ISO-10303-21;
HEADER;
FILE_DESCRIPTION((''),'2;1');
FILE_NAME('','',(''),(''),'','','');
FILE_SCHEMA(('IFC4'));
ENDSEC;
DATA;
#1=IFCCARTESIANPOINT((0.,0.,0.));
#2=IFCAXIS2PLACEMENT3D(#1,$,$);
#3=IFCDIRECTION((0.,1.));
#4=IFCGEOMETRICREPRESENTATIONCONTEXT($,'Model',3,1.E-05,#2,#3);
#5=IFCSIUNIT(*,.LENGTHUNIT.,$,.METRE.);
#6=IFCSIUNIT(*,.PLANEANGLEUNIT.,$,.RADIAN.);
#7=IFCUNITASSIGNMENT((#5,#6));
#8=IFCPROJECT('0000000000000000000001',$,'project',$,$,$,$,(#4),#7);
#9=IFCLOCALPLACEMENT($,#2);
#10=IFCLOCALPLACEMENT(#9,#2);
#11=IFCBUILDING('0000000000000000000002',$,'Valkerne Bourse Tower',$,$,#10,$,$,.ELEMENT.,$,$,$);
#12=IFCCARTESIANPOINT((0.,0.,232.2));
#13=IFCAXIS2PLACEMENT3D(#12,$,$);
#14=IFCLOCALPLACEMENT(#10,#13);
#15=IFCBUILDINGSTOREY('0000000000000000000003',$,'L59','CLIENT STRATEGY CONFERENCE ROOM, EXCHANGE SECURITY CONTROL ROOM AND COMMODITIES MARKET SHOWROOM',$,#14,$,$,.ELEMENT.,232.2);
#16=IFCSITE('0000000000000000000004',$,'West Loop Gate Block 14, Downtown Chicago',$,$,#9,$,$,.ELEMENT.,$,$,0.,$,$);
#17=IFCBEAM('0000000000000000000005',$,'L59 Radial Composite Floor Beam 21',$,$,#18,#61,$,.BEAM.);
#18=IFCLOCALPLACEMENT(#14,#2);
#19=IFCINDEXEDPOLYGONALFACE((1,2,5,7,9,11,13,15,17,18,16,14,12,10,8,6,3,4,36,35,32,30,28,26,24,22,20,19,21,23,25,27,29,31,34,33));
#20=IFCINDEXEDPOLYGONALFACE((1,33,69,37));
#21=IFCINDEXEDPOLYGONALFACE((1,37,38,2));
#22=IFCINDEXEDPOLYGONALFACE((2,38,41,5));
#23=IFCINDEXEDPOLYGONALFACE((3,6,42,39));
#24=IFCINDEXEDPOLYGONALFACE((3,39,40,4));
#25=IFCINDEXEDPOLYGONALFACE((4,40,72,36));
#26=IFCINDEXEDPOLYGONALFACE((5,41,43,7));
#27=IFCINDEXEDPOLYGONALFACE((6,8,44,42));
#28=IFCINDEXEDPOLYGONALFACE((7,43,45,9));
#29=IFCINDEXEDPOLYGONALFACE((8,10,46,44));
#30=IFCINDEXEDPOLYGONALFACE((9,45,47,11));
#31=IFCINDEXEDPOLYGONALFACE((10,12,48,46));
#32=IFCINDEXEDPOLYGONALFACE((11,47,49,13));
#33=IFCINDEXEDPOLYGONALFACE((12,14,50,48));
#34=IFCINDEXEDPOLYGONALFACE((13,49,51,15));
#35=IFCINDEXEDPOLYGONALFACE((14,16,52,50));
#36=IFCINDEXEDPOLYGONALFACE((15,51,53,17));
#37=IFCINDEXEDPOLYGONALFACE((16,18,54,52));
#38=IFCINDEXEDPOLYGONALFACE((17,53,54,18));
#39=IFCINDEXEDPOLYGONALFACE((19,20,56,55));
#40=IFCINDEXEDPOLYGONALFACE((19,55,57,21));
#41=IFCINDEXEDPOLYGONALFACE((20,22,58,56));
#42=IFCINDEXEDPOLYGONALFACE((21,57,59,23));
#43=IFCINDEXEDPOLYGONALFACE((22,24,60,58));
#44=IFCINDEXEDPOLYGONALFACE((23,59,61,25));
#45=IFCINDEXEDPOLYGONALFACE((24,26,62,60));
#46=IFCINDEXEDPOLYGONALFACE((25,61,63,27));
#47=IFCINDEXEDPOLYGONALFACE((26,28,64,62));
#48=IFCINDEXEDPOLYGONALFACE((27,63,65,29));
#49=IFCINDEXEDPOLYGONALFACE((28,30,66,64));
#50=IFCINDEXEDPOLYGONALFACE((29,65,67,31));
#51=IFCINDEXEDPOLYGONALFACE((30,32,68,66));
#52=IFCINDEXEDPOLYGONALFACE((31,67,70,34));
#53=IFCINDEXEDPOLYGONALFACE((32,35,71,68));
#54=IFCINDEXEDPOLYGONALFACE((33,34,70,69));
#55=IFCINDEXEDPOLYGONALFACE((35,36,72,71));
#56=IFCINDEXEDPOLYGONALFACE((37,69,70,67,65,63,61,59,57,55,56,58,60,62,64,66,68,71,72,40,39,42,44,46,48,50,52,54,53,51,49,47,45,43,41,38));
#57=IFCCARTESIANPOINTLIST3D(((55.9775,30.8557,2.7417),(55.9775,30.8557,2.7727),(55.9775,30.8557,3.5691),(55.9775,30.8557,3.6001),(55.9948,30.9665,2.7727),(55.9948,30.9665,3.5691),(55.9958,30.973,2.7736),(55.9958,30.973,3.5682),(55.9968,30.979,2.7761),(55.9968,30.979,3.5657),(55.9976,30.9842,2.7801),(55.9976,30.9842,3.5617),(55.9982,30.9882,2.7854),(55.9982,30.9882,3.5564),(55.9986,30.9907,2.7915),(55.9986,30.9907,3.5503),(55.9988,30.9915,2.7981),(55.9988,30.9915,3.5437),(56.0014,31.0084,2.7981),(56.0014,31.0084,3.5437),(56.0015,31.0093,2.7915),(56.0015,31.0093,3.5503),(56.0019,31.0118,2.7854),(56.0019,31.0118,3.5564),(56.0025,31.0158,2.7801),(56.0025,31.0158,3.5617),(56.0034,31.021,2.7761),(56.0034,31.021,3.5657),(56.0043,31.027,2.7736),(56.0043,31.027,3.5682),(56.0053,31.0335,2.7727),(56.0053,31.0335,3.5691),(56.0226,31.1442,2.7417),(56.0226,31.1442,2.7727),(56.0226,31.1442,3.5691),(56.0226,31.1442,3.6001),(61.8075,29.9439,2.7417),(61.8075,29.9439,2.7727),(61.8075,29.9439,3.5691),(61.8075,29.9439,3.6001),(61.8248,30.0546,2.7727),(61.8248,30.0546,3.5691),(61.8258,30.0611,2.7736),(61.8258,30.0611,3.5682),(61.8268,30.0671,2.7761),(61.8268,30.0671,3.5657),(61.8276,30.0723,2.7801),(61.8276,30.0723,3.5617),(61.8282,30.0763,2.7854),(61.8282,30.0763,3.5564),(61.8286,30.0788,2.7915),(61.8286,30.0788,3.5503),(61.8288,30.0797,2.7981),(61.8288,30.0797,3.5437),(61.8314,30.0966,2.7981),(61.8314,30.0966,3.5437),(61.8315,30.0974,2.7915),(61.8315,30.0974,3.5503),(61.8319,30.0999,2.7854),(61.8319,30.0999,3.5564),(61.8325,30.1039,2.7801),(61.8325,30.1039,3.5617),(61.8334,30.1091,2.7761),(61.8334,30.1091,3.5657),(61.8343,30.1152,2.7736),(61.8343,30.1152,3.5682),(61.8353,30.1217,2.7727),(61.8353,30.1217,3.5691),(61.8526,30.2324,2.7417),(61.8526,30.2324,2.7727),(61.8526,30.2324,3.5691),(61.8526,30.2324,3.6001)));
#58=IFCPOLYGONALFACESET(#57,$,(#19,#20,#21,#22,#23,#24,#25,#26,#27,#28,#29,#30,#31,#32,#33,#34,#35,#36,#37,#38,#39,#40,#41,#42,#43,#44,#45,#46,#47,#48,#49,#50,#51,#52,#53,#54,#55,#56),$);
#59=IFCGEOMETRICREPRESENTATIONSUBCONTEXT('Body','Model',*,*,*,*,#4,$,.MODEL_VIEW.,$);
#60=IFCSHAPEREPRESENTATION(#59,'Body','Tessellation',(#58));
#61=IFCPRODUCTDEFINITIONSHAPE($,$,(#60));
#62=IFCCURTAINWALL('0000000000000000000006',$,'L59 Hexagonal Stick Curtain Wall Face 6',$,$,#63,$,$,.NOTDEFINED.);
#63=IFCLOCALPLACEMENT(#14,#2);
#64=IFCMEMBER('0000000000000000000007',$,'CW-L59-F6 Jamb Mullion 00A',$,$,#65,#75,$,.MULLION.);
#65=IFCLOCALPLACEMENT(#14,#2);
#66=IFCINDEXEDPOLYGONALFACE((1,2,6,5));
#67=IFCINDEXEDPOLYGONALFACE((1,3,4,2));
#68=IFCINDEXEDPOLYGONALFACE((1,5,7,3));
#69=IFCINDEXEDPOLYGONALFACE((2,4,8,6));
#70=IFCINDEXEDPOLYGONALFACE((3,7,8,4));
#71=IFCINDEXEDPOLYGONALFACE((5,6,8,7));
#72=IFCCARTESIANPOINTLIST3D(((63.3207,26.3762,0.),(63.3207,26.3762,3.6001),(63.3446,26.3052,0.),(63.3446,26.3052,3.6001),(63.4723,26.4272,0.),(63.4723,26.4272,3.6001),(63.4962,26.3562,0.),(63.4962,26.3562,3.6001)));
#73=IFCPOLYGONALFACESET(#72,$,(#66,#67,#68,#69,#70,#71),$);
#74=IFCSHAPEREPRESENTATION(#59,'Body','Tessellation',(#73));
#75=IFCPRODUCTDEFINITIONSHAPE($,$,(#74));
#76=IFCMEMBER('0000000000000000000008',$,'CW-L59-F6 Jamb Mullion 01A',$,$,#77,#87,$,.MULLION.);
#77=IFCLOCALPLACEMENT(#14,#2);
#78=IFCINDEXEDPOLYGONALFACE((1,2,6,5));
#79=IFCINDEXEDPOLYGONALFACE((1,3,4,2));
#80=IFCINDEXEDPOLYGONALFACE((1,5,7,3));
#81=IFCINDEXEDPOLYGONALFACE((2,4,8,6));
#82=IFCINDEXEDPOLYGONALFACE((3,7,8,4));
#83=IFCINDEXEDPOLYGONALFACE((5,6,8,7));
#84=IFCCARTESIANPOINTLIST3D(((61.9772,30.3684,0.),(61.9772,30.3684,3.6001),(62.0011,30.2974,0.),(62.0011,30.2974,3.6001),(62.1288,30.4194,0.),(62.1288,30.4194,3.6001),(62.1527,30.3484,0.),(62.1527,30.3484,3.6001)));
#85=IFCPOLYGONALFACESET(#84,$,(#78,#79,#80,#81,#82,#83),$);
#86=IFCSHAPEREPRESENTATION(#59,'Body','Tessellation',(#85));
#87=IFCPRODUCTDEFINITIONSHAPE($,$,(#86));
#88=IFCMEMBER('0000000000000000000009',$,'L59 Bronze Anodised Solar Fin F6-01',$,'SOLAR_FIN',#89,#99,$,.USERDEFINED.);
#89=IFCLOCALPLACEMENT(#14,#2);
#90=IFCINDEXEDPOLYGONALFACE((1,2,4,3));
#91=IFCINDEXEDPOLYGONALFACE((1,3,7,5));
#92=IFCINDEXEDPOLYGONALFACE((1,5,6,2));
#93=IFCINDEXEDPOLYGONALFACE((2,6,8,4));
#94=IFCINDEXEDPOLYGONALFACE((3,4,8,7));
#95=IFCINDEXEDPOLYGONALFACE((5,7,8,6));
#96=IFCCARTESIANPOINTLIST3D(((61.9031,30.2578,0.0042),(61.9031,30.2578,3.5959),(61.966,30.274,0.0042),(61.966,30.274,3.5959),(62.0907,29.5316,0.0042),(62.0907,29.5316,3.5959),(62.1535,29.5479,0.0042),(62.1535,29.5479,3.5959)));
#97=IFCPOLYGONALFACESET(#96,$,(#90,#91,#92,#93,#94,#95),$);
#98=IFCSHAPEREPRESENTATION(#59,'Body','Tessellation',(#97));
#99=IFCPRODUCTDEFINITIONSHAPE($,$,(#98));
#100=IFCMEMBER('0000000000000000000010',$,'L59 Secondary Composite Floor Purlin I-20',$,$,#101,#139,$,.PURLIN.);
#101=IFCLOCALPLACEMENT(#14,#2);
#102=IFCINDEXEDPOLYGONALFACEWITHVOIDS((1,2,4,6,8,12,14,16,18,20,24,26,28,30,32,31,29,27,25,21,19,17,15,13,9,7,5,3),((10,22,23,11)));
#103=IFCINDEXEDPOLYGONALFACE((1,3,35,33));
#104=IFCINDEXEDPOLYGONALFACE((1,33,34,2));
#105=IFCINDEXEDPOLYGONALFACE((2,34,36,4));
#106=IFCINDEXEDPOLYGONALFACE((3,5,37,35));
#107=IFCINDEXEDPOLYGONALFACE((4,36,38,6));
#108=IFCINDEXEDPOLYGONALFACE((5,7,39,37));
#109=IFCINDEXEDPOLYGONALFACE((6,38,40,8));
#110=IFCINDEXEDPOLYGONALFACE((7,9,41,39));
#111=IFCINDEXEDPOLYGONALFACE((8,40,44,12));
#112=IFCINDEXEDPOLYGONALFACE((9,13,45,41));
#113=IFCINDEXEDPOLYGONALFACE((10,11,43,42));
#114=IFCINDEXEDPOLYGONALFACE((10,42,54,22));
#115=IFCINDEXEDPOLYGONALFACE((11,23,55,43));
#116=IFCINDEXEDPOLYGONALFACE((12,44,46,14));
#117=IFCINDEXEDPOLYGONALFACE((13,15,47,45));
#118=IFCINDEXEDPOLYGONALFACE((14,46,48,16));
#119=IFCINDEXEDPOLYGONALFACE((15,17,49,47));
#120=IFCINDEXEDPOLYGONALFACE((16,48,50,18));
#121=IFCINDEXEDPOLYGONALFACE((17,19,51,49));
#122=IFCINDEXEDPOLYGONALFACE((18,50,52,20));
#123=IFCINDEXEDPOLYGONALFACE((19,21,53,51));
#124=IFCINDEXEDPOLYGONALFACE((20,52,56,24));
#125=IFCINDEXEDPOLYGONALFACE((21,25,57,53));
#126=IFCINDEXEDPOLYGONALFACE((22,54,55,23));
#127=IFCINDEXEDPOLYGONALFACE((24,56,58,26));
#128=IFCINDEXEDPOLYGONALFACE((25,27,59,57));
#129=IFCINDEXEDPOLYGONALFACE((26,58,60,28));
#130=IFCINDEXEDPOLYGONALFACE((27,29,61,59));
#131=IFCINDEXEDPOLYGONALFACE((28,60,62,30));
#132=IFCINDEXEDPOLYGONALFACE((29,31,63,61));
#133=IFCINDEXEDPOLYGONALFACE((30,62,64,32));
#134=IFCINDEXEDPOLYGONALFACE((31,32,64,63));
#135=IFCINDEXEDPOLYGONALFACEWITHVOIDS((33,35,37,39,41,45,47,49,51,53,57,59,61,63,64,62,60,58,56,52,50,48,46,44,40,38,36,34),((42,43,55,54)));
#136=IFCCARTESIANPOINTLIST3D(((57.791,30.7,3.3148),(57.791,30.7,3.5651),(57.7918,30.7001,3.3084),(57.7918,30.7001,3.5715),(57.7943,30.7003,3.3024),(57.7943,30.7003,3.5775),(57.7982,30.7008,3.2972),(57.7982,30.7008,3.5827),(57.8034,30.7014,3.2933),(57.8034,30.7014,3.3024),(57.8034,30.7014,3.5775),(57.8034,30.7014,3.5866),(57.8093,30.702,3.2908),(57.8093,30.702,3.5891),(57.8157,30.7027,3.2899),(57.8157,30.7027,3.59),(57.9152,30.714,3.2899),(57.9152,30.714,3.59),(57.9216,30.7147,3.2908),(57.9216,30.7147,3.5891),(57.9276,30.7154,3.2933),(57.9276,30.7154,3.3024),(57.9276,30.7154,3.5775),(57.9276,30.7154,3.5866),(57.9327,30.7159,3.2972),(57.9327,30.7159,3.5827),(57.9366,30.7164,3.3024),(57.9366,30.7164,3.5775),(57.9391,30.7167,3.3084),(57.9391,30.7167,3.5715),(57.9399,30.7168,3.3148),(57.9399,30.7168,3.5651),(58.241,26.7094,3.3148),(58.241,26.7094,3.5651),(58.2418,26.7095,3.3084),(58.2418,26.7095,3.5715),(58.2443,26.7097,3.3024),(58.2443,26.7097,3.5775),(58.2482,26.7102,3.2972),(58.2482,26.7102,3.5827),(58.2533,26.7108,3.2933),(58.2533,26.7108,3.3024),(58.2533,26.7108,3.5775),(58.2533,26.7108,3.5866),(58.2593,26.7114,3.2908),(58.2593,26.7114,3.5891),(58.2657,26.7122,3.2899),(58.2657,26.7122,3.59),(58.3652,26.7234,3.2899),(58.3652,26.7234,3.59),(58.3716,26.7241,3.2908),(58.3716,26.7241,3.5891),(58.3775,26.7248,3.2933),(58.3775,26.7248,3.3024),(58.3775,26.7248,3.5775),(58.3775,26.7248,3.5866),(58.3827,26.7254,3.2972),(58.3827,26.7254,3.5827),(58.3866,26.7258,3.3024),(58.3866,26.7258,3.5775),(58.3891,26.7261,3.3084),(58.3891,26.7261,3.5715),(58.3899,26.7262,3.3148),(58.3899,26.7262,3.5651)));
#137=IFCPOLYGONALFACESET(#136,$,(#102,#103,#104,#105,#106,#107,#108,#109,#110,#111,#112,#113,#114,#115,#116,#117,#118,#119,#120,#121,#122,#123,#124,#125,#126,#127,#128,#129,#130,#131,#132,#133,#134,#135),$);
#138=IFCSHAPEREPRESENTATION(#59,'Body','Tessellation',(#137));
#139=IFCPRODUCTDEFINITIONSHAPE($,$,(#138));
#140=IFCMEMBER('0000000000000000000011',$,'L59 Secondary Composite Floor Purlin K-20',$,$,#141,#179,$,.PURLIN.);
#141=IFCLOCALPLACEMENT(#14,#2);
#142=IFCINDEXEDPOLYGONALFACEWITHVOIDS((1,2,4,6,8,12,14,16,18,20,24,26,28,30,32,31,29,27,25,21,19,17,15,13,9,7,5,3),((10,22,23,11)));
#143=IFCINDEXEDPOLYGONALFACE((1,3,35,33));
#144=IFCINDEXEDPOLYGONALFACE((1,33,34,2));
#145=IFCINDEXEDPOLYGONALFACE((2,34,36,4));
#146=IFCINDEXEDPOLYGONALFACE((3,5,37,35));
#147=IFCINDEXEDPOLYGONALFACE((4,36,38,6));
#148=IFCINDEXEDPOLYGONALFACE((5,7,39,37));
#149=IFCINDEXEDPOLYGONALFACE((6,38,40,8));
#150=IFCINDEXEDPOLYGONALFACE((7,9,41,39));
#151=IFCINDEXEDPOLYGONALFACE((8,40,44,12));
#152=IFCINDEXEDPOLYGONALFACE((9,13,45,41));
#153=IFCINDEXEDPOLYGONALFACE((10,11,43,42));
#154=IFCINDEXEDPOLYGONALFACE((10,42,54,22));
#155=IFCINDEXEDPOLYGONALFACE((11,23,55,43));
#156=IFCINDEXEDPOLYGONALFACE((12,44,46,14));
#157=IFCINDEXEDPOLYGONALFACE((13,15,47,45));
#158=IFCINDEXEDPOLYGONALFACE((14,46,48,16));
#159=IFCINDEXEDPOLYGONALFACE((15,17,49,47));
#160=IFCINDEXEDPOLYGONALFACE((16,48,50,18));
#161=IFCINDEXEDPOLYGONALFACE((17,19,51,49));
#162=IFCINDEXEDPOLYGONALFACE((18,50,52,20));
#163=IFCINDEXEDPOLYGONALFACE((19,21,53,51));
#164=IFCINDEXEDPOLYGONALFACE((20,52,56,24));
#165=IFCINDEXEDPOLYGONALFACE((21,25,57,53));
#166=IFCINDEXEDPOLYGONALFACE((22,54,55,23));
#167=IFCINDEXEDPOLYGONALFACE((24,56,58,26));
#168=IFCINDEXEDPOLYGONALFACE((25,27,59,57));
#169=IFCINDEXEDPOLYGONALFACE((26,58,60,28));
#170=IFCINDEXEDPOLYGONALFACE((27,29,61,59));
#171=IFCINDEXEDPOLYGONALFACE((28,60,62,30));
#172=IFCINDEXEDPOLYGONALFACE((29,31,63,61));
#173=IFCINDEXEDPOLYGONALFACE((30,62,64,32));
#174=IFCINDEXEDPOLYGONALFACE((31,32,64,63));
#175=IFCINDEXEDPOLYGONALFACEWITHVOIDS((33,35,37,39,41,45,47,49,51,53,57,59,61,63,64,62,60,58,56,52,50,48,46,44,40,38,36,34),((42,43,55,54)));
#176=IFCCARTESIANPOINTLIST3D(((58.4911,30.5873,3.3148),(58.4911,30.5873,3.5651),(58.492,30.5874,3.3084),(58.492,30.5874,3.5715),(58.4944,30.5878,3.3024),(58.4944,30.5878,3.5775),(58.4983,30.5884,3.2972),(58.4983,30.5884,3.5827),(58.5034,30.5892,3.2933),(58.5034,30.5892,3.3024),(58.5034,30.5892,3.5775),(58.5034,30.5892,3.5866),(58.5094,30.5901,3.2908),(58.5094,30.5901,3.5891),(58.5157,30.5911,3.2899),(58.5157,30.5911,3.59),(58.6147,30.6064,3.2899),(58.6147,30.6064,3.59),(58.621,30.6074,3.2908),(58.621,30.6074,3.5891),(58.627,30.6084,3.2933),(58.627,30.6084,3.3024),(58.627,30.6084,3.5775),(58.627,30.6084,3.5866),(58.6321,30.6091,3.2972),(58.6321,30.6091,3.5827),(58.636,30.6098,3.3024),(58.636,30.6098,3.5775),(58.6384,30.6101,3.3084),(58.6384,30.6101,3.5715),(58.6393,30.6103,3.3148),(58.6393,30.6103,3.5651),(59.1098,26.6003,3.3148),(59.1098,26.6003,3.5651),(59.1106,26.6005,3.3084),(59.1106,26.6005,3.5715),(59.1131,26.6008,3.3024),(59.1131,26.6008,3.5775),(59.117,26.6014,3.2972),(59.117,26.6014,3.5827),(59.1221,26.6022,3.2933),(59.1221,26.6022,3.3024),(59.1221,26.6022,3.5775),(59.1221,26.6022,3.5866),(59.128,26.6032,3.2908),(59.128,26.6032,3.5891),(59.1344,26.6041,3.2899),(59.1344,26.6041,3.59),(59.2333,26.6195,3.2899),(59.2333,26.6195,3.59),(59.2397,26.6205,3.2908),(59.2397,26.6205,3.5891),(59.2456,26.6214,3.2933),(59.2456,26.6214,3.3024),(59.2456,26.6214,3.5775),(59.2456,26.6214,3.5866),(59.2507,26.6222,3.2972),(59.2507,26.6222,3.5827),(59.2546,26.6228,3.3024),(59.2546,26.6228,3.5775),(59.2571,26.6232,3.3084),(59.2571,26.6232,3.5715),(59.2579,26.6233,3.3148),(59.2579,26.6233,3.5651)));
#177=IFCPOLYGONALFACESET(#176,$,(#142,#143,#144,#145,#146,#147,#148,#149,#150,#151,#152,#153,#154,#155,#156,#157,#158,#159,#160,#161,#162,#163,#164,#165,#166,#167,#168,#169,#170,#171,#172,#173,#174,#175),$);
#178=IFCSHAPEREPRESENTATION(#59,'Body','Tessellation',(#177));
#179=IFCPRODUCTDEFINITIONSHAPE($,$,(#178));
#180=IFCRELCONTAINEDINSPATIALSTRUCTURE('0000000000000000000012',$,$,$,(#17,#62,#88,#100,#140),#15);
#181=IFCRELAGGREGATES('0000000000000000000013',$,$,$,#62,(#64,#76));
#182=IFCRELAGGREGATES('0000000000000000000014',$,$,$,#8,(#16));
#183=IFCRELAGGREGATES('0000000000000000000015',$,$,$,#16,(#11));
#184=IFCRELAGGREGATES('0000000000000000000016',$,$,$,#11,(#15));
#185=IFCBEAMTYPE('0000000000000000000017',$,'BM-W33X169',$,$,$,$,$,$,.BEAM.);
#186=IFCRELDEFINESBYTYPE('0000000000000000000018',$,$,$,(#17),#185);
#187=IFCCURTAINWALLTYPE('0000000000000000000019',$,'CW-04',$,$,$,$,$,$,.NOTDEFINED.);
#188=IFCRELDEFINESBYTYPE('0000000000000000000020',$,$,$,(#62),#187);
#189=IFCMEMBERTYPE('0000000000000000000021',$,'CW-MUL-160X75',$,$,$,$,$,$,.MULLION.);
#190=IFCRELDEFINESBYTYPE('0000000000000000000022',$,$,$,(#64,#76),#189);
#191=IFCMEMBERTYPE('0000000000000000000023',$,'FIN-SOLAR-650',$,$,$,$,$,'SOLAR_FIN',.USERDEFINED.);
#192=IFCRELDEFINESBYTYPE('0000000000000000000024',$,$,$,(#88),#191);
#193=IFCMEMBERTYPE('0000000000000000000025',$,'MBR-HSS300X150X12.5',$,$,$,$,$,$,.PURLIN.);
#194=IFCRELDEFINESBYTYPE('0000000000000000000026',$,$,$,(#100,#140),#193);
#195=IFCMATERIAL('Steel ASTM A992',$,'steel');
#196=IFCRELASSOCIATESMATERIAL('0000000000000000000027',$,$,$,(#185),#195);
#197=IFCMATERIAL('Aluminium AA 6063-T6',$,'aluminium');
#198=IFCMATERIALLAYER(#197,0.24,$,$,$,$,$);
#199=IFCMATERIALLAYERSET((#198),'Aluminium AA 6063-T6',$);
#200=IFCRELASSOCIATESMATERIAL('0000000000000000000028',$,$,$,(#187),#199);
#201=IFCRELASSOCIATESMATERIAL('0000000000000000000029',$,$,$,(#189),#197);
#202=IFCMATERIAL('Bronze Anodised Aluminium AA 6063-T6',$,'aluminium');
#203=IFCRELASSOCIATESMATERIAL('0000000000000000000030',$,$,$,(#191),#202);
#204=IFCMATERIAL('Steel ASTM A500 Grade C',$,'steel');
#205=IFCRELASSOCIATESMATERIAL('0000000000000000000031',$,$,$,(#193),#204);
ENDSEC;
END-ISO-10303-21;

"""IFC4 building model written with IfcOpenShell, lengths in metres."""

from ifc_helpers import new_model, si_unit, direction, frame, origin, origin_2d, place, context, subcontext, project, spatial, rectangle, hollow_rectangle, i_section, extrude, material, layer, layer_set, material_profile, profile_set, type_object, element, aggregate, save


model = new_model("IFC4")

# Units and contexts
model_context = context("Model", 3, precision=1e-05, world=origin(), true_north=direction((0.0, 1.0)))
body_context = subcontext(model_context, "Body", "Model", "MODEL_VIEW")
ifc_project = project(units=[si_unit("LENGTHUNIT", "METRE"), si_unit("PLANEANGLEUNIT", "RADIAN")], contexts=[model_context])

# Site, building, storey
site_placement = place(None, origin())
site = spatial("IfcSite", under=ifc_project, at=site_placement, Name="West Loop Gate Block 14, Downtown Chicago", CompositionType="ELEMENT", RefElevation=0.0)
building_placement = place(site_placement, origin())
building = spatial("IfcBuilding", under=site, at=building_placement, Name="Valkerne Bourse Tower", CompositionType="ELEMENT")
storey_placement = place(building_placement, frame((0.0, 0.0, 232.2)))
storey = spatial("IfcBuildingStorey", under=building, at=storey_placement, Name="L59", Description="CLIENT STRATEGY CONFERENCE ROOM, EXCHANGE SECURITY CONTROL ROOM AND COMMODITIES MARKET SHOWROOM", CompositionType="ELEMENT", Elevation=232.2)

# Beam
ifc_material_1 = material(Name="Steel ASTM A992", Category="steel")
ifc_material_profile_1 = material_profile(ifc_material_1, i_section(OverallWidth=0.292, OverallDepth=0.8584, WebThickness=0.0171, FlangeThickness=0.031, FilletRadius=0.0254, at=origin_2d()), Name="W33X169")
ifc_profile_set_1 = profile_set([ifc_material_profile_1], Name="Steel ASTM A992")
beam_type_1 = type_object("IfcBeamType", Name="BM-W33X169", PredefinedType="BEAM", material=ifc_profile_set_1)
beam_1_placement = place(storey_placement, frame((61.8301, 30.0881, 3.1709), z_axis=(-0.987988, 0.154528, 0.0), x_axis=(-0.154528, -0.987988, 0.0)))
element("IfcBeam", 1, at=beam_1_placement, inside=storey, type_object=beam_type_1, Name="L59 Radial Composite Floor Beam 21", PredefinedType="BEAM", context=body_context, shape_type="SweptSolid", body=[
    extrude(i_section(OverallWidth=0.292, OverallDepth=0.8584, WebThickness=0.0171, FlangeThickness=0.031, FilletRadius=0.0254, at=origin_2d()), origin(), (0.0, 0.0, 1.0), 5.9009),
])

# Curtain wall, members
ifc_material_2 = material(Name="Aluminium AA 6063-T6", Category="aluminium")
ifc_layer_1 = layer(ifc_material_2, 0.24)
ifc_layer_set_1 = layer_set([ifc_layer_1], Name="Aluminium AA 6063-T6")
curtain_wall_type = type_object("IfcCurtainWallType", Name="CW-04", PredefinedType="NOTDEFINED", material=ifc_layer_set_1)
curtain_wall_placement = place(storey_placement, origin())
curtain_wall = element("IfcCurtainWall", 2, at=curtain_wall_placement, inside=storey, type_object=curtain_wall_type, Name="L59 Hexagonal Stick Curtain Wall Face 6", PredefinedType="NOTDEFINED")
ifc_material_profile_2 = material_profile(ifc_material_2, rectangle(XDim=0.075, YDim=0.1599, at=origin_2d()), Name="CWM-75X160")
ifc_profile_set_2 = profile_set([ifc_material_profile_2], Name="Aluminium AA 6063-T6")
member_type_1 = type_object("IfcMemberType", Name="CW-MUL-160X75", PredefinedType="MULLION", material=ifc_profile_set_2)
member_1_placement = place(storey_placement, frame((63.4084, 26.3662, 0.0), z_axis=(0.0, 0.0, 1.0), x_axis=(-0.318969, 0.947765, 0.0)))
member_1 = element("IfcMember", 3, at=member_1_placement, type_object=member_type_1, Name="CW-L59-F6 Jamb Mullion 00A", PredefinedType="MULLION", context=body_context, shape_type="SweptSolid", body=[
    extrude(rectangle(XDim=0.075, YDim=0.1599, at=origin_2d()), origin(), (0.0, 0.0, 1.0), 3.6001),
])
member_2_placement = place(storey_placement, frame((62.0649, 30.3584, 0.0), z_axis=(0.0, 0.0, 1.0), x_axis=(-0.318947, 0.947772, 0.0)))
member_2 = element("IfcMember", 4, at=member_2_placement, type_object=member_type_1, Name="CW-L59-F6 Jamb Mullion 01A", PredefinedType="MULLION", context=body_context, shape_type="SweptSolid", body=[
    extrude(rectangle(XDim=0.075, YDim=0.1599, at=origin_2d()), origin(), (0.0, 0.0, 1.0), 3.6001),
])

# Members
ifc_material_3 = material(Name="Bronze Anodised Aluminium AA 6063-T6", Category="aluminium")
ifc_material_profile_3 = material_profile(ifc_material_3, rectangle(XDim=0.0649, YDim=0.75, at=origin_2d()), Name="FIN-65X750")
ifc_profile_set_3 = profile_set([ifc_material_profile_3], Name="Bronze Anodised Aluminium AA 6063-T6")
member_type_2 = type_object("IfcMemberType", Name="FIN-SOLAR-650", ElementType="SOLAR_FIN", PredefinedType="USERDEFINED", material=ifc_profile_set_3)
member_3_placement = place(storey_placement, frame((62.0283, 29.9028, 0.0042), z_axis=(0.0, 0.0, 1.0), x_axis=(0.968222, 0.250091, 0.0)))
element("IfcMember", 5, at=member_3_placement, inside=storey, type_object=member_type_2, Name="L59 Bronze Anodised Solar Fin F6-01", ObjectType="SOLAR_FIN", PredefinedType="USERDEFINED", context=body_context, shape_type="SweptSolid", body=[
    extrude(rectangle(XDim=0.0649, YDim=0.75, at=origin_2d()), origin(), (0.0, 0.0, 1.0), 3.5918),
])
ifc_material_4 = material(Name="Steel ASTM A500 Grade C", Category="steel")
ifc_material_profile_4 = material_profile(ifc_material_4, hollow_rectangle(XDim=0.1499, YDim=0.3, WallThickness=0.0125, OuterFilletRadius=0.0249, at=origin_2d()), Name="HSS300X150X12.5")
ifc_profile_set_4 = profile_set([ifc_material_profile_4], Name="Steel ASTM A500 Grade C")
member_type_3 = type_object("IfcMemberType", Name="MBR-HSS300X150X12.5", PredefinedType="PURLIN", material=ifc_profile_set_4)
member_4_placement = place(storey_placement, frame((58.3154, 26.7178, 3.4399), z_axis=(-0.112046, 0.993703, 0.0), x_axis=(-0.993703, -0.112046, 0.0)))
element("IfcMember", 6, at=member_4_placement, inside=storey, type_object=member_type_3, Name="L59 Secondary Composite Floor Purlin I-20", PredefinedType="PURLIN", context=body_context, shape_type="SweptSolid", body=[
    extrude(hollow_rectangle(XDim=0.1499, YDim=0.3, WallThickness=0.0125, OuterFilletRadius=0.0249, at=origin_2d()), origin(), (0.0, 0.0, 1.0), 4.0159),
])
member_5_placement = place(storey_placement, frame((59.1838, 26.6118, 3.4399), z_axis=(-0.15333, 0.988175, 0.0), x_axis=(-0.988175, -0.15333, 0.0)))
element("IfcMember", 7, at=member_5_placement, inside=storey, type_object=member_type_3, Name="L59 Secondary Composite Floor Purlin K-20", PredefinedType="PURLIN", context=body_context, shape_type="SweptSolid", body=[
    extrude(hollow_rectangle(XDim=0.1499, YDim=0.3, WallThickness=0.0125, OuterFilletRadius=0.0249, at=origin_2d()), origin(), (0.0, 0.0, 1.0), 4.0347),
])

aggregate(curtain_wall, [member_1, member_2])

save(model, "model.ifc")
